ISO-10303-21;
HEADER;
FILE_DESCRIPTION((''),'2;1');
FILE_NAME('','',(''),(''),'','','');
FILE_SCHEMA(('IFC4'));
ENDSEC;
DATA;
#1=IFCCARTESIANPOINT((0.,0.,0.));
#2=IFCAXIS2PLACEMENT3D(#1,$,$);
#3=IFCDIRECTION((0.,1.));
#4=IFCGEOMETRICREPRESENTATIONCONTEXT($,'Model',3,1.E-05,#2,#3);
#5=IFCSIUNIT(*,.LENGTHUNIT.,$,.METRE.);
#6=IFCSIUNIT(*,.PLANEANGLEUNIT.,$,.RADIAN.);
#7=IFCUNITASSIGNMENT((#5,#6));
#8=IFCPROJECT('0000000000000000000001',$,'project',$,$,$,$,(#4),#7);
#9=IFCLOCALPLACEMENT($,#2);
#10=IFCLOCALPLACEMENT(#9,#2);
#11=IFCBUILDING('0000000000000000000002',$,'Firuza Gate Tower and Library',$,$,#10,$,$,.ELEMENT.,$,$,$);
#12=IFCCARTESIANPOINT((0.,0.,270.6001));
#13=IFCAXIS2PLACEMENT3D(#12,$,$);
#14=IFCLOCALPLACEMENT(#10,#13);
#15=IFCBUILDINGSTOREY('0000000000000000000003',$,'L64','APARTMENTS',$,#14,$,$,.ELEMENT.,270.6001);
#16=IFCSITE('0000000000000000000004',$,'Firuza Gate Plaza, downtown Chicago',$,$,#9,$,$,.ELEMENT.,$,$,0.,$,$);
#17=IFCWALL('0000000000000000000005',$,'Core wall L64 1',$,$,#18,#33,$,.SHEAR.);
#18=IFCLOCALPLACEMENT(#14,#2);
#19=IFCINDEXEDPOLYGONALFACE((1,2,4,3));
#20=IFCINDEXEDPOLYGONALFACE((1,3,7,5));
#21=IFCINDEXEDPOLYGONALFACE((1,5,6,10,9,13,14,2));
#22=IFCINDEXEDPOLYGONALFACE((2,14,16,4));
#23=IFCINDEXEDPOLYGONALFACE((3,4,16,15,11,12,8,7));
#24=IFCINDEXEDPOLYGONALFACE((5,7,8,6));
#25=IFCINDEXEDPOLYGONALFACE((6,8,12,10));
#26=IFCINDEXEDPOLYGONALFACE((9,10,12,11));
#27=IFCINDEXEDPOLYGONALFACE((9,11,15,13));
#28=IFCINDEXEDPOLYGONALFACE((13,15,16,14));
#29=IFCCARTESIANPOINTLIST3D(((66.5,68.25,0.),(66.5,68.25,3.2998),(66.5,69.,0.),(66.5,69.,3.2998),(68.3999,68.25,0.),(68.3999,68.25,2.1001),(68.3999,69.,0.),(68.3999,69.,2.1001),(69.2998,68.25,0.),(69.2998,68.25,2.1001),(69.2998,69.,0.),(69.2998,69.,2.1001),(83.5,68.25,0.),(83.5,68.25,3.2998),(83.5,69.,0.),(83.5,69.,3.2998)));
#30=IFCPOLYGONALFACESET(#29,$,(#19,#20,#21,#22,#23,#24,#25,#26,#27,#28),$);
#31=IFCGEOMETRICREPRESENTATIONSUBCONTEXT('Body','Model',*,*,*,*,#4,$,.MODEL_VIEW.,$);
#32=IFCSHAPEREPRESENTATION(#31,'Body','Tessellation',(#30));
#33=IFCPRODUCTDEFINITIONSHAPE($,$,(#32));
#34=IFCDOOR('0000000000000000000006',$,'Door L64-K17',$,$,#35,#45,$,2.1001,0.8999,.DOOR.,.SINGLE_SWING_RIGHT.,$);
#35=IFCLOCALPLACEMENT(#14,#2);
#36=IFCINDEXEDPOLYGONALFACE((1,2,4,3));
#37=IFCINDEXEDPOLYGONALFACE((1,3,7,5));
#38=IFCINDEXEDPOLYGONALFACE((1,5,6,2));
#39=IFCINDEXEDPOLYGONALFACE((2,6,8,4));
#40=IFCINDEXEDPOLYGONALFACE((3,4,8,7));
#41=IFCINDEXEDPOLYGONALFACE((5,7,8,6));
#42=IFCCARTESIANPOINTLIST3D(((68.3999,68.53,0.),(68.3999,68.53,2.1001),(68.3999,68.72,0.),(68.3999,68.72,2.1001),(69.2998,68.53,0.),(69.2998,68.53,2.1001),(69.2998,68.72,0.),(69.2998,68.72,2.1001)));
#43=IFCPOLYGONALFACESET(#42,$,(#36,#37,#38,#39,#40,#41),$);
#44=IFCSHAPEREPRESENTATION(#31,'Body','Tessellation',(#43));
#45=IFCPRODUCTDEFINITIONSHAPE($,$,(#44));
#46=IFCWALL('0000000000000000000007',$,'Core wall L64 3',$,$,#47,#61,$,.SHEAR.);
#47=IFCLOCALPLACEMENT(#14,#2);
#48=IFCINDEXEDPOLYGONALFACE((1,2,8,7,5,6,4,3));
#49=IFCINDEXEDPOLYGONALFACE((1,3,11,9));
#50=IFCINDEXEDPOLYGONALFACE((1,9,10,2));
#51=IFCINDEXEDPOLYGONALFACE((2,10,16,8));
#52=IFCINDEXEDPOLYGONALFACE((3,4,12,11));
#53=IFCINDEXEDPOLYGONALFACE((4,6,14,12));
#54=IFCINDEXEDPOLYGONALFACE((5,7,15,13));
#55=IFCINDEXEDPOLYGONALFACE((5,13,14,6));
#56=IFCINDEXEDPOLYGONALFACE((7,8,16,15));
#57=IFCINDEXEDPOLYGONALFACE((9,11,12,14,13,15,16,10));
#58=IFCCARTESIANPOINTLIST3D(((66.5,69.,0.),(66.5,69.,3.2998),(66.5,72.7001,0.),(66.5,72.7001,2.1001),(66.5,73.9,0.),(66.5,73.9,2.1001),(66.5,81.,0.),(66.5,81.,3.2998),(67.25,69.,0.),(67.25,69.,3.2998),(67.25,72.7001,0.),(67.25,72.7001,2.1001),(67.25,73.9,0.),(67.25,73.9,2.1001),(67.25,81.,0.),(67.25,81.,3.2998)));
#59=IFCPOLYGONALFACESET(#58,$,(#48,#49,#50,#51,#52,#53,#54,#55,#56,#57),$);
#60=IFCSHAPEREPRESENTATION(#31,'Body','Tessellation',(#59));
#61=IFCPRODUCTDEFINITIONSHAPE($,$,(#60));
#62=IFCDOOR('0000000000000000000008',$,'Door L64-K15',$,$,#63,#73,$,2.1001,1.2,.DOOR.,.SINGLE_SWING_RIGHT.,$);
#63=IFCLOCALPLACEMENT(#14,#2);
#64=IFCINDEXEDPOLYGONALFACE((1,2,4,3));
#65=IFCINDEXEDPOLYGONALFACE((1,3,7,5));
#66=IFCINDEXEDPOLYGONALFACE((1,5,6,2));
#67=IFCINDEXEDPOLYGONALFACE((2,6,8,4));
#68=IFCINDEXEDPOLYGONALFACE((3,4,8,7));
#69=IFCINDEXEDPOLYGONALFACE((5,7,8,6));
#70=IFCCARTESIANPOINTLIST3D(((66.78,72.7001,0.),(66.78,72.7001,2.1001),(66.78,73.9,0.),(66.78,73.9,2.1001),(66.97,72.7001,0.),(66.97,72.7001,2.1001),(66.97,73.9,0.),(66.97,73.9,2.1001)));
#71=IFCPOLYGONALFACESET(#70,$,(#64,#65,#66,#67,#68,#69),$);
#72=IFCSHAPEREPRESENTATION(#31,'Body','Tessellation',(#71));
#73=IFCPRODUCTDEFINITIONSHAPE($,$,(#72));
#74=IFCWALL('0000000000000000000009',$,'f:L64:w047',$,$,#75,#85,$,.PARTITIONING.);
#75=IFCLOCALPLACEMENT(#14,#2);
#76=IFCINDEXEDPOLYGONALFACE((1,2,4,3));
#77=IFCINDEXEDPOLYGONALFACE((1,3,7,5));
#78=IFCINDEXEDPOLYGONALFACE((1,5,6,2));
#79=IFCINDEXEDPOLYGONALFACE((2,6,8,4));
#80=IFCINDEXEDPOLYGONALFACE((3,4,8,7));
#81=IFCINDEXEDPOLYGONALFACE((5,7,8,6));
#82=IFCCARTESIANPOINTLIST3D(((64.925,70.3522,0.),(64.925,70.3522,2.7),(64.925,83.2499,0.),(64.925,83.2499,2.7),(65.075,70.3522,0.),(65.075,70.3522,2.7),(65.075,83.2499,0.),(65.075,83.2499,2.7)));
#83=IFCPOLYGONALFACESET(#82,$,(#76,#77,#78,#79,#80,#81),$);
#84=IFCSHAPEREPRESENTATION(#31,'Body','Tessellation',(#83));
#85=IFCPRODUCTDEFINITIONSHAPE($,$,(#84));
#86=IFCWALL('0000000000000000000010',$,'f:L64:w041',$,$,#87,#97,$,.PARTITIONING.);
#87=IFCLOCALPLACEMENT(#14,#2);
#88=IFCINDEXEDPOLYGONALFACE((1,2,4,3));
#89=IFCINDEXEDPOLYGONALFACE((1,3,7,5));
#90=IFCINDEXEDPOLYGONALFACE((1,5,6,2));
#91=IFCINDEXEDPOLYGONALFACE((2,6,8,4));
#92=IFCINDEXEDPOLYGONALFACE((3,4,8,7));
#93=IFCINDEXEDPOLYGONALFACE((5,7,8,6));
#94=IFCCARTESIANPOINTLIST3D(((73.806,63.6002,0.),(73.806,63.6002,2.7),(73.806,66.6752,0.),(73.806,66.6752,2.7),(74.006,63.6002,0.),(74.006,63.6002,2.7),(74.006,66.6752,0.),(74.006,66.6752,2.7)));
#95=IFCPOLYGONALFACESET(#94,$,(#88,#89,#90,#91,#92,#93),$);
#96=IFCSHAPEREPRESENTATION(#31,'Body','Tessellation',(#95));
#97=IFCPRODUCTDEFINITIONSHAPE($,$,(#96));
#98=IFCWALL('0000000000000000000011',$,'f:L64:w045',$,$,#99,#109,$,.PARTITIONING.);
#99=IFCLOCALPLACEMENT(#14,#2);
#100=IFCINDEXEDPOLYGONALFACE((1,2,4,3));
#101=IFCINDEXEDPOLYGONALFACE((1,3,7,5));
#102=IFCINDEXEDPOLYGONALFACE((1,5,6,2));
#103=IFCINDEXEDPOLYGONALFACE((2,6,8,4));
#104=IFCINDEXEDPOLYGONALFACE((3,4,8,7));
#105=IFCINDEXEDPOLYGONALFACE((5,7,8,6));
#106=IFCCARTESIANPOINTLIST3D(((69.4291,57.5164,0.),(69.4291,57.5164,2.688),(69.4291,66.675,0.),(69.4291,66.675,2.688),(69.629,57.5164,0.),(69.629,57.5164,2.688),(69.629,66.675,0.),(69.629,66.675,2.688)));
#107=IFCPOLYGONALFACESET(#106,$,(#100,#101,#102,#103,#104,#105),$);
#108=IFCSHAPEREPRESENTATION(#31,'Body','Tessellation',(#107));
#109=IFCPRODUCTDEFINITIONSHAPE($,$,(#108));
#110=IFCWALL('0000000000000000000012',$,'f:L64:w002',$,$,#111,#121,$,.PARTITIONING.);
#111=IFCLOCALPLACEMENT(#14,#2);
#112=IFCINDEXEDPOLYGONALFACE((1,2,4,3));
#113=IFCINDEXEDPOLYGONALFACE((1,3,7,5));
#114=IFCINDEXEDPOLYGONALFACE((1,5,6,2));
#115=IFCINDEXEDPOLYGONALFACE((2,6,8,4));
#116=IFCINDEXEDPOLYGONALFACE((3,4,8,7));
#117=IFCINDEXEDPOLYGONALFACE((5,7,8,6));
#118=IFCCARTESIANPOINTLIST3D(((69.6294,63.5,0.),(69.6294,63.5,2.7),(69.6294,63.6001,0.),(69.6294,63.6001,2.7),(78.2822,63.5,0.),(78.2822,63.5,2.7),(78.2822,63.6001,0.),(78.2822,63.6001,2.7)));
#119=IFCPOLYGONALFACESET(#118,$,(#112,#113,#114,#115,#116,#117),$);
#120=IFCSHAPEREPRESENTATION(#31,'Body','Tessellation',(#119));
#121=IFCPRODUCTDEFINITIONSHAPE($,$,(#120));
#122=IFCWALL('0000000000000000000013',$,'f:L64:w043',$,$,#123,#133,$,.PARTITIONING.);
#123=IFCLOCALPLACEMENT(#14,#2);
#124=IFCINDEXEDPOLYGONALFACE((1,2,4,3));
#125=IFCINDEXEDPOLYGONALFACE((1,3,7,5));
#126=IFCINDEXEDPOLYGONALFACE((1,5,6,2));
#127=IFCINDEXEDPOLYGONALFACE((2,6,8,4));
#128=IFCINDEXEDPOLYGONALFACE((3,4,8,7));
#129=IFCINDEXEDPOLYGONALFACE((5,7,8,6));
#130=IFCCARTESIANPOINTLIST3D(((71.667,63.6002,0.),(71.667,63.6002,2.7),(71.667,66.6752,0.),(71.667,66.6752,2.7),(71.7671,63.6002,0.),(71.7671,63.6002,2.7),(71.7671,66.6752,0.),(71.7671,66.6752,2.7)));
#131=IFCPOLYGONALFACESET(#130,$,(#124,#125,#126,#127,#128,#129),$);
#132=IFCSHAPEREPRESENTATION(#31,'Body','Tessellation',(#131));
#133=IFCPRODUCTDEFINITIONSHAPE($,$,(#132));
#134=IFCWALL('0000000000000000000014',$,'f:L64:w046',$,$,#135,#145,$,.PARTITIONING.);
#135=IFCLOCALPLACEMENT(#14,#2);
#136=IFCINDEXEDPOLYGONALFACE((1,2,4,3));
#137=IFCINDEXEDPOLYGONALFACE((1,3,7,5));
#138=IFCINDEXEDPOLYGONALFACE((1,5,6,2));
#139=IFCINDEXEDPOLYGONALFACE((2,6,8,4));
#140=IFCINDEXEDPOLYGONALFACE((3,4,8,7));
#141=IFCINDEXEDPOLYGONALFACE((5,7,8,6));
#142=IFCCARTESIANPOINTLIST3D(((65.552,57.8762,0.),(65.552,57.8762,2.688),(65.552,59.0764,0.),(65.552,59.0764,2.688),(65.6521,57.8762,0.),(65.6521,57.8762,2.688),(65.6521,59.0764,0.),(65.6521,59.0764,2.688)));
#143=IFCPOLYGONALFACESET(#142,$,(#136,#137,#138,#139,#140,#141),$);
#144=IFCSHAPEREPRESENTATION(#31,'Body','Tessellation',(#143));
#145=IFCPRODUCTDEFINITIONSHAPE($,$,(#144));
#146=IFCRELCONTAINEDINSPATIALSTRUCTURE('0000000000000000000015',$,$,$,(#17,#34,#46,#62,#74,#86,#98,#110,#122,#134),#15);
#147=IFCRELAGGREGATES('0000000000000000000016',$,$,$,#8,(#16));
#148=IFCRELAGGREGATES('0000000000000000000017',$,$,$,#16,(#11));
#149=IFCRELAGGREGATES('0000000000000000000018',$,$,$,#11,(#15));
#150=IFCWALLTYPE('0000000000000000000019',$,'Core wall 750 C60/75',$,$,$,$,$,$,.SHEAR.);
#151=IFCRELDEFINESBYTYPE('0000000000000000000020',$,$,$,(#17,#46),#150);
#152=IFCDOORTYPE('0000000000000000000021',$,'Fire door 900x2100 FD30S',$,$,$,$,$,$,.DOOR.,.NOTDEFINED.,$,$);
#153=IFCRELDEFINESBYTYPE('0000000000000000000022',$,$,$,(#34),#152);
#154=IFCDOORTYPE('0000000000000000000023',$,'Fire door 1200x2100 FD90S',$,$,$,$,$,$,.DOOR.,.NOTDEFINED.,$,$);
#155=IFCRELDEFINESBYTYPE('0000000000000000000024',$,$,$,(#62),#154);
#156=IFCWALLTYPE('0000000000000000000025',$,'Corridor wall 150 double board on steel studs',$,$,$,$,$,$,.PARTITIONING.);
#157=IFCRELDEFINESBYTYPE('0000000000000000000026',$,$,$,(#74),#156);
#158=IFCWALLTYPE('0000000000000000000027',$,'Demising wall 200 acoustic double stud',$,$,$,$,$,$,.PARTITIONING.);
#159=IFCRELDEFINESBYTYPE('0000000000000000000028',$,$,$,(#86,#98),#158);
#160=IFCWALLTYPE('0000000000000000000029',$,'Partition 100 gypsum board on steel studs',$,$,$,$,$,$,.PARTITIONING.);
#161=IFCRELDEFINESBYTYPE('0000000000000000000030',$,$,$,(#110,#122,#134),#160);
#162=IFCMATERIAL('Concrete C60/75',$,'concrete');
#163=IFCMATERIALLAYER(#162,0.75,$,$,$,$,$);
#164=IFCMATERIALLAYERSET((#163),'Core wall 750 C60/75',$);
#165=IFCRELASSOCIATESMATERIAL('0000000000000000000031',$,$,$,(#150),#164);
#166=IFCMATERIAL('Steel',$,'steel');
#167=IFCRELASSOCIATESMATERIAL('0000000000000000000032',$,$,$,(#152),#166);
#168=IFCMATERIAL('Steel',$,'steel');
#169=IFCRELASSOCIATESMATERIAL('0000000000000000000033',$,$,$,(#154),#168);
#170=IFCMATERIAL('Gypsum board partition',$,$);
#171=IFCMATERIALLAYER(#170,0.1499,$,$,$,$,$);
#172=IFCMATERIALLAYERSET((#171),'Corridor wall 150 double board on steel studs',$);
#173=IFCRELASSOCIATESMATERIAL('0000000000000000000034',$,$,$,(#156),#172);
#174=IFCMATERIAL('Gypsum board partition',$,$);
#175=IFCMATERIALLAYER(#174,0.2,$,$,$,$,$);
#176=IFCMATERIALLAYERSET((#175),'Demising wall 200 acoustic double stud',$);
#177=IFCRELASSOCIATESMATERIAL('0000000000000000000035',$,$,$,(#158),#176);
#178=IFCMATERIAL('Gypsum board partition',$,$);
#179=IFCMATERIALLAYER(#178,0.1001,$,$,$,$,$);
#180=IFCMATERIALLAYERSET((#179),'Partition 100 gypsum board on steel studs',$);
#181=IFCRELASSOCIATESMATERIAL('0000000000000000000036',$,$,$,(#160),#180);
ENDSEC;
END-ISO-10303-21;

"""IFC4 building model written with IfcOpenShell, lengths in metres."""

from ifc_helpers import new_model, si_unit, direction, frame, frame_2d, origin, place, context, subcontext, project, spatial, rectangle, extrude, material, layer, layer_set, type_object, element, fill, save


model = new_model("IFC4")

# Units and contexts
model_context = context("Model", 3, precision=1e-05, world=origin(), true_north=direction((0.0, 1.0)))
body_context = subcontext(model_context, "Body", "Model", "MODEL_VIEW")
ifc_project = project(units=[si_unit("LENGTHUNIT", "METRE"), si_unit("PLANEANGLEUNIT", "RADIAN")], contexts=[model_context])

# Site, building, storey
site_placement = place(None, origin())
site = spatial("IfcSite", under=ifc_project, at=site_placement, Name="Firuza Gate Plaza, downtown Chicago", CompositionType="ELEMENT", RefElevation=0.0)
building_placement = place(site_placement, origin())
building = spatial("IfcBuilding", under=site, at=building_placement, Name="Firuza Gate Tower and Library", CompositionType="ELEMENT")
storey_placement = place(building_placement, frame((0.0, 0.0, 270.6001)))
storey = spatial("IfcBuildingStorey", under=building, at=storey_placement, Name="L64", Description="APARTMENTS", CompositionType="ELEMENT", Elevation=270.6001)

# Walls, openings, doors
ifc_material_1 = material(Name="Concrete C60/75", Category="concrete")
ifc_layer_1 = layer(ifc_material_1, 0.75)
ifc_layer_set_1 = layer_set([ifc_layer_1], Name="Core wall 750 C60/75")
wall_type_1 = type_object("IfcWallType", Name="Core wall 750 C60/75", PredefinedType="SHEAR", material=ifc_layer_set_1)
wall_1_placement = place(storey_placement, frame((66.5, 68.625, 0.0), z_axis=(0.0, 0.0, 1.0), x_axis=(1.0, 0.0, 0.0)))
wall_1 = element("IfcWall", 1, at=wall_1_placement, inside=storey, type_object=wall_type_1, Name="Core wall L64 1", PredefinedType="SHEAR", context=body_context, shape_type="SweptSolid", body=[
    extrude(rectangle(XDim=17.0, YDim=0.75, at=frame_2d((8.5, 0.0))), origin(), (0.0, 0.0, 1.0), 3.2998),
])
opening_1_placement = place(wall_1_placement, frame((1.8999, 0.0, 0.0)))
opening_1 = element("IfcOpeningElement", 2, at=opening_1_placement, cuts=wall_1, PredefinedType="OPENING", context=body_context, shape_type="SweptSolid", body=[
    extrude(rectangle(XDim=0.8999, YDim=2.1001, at=frame_2d((0.45, 1.05))), frame((0.0, 0.385, 0.0), z_axis=(0.0, -1.0, 0.0), x_axis=(1.0, 0.0, 0.0)), (0.0, 0.0, 1.0), 0.77),
])
ifc_material_2 = material(Name="Steel", Category="steel")
door_type_1 = type_object("IfcDoorType", Name="Fire door 900x2100 FD30S", OperationType="NOTDEFINED", PredefinedType="DOOR", material=ifc_material_2)
door_1_placement = place(opening_1_placement, origin())
door_1 = element("IfcDoor", 3, at=door_1_placement, inside=storey, type_object=door_type_1, Name="Door L64-K17", OperationType="SINGLE_SWING_RIGHT", OverallHeight=2.1001, OverallWidth=0.8999, PredefinedType="DOOR", context=body_context, shape_type="SweptSolid", body=[
    extrude(rectangle(XDim=0.8999, YDim=2.1001, at=frame_2d((0.45, 1.05))), frame((0.0, 0.095, 0.0), z_axis=(0.0, -1.0, 0.0), x_axis=(1.0, 0.0, 0.0)), (0.0, 0.0, 1.0), 0.1899),
])
fill(opening_1, door_1)
wall_2_placement = place(storey_placement, frame((66.875, 69.0, 0.0), z_axis=(0.0, 0.0, 1.0), x_axis=(0.0, 1.0, 0.0)))
wall_2 = element("IfcWall", 4, at=wall_2_placement, inside=storey, type_object=wall_type_1, Name="Core wall L64 3", PredefinedType="SHEAR", context=body_context, shape_type="SweptSolid", body=[
    extrude(rectangle(XDim=12.0, YDim=0.75, at=frame_2d((6.0, 0.0))), origin(), (0.0, 0.0, 1.0), 3.2998),
])
opening_2_placement = place(wall_2_placement, frame((3.7, 0.0, 0.0)))
opening_2 = element("IfcOpeningElement", 5, at=opening_2_placement, cuts=wall_2, PredefinedType="OPENING", context=body_context, shape_type="SweptSolid", body=[
    extrude(rectangle(XDim=1.2, YDim=2.1001, at=frame_2d((0.6001, 1.05))), frame((0.0, 0.385, 0.0), z_axis=(0.0, -1.0, 0.0), x_axis=(1.0, 0.0, 0.0)), (0.0, 0.0, 1.0), 0.77),
])
ifc_material_3 = material(Name="Steel", Category="steel")
door_type_2 = type_object("IfcDoorType", Name="Fire door 1200x2100 FD90S", OperationType="NOTDEFINED", PredefinedType="DOOR", material=ifc_material_3)
door_2_placement = place(opening_2_placement, origin())
door_2 = element("IfcDoor", 6, at=door_2_placement, inside=storey, type_object=door_type_2, Name="Door L64-K15", OperationType="SINGLE_SWING_RIGHT", OverallHeight=2.1001, OverallWidth=1.2, PredefinedType="DOOR", context=body_context, shape_type="SweptSolid", body=[
    extrude(rectangle(XDim=1.2, YDim=2.1001, at=frame_2d((0.6001, 1.05))), frame((0.0, 0.095, 0.0), z_axis=(0.0, -1.0, 0.0), x_axis=(1.0, 0.0, 0.0)), (0.0, 0.0, 1.0), 0.1899),
])
fill(opening_2, door_2)

# Walls
ifc_material_4 = material(Name="Gypsum board partition")
ifc_layer_2 = layer(ifc_material_4, 0.1499)
ifc_layer_set_2 = layer_set([ifc_layer_2], Name="Corridor wall 150 double board on steel studs")
wall_type_2 = type_object("IfcWallType", Name="Corridor wall 150 double board on steel studs", PredefinedType="PARTITIONING", material=ifc_layer_set_2)
wall_3_placement = place(storey_placement, frame((65.0, 70.3523, 0.0), z_axis=(0.0, 0.0, 1.0), x_axis=(0.0, 1.0, 0.0)))
element("IfcWall", 7, at=wall_3_placement, inside=storey, type_object=wall_type_2, Name="f:L64:w047", PredefinedType="PARTITIONING", context=body_context, shape_type="SweptSolid", body=[
    extrude(rectangle(XDim=12.8977, YDim=0.1499, at=frame_2d((6.4487, 0.0))), origin(), (0.0, 0.0, 1.0), 2.7),
])
ifc_material_5 = material(Name="Gypsum board partition")
ifc_layer_3 = layer(ifc_material_5, 0.2)
ifc_layer_set_3 = layer_set([ifc_layer_3], Name="Demising wall 200 acoustic double stud")
wall_type_3 = type_object("IfcWallType", Name="Demising wall 200 acoustic double stud", PredefinedType="PARTITIONING", material=ifc_layer_set_3)
wall_4_placement = place(storey_placement, frame((73.906, 63.6001, 0.0), z_axis=(0.0, 0.0, 1.0), x_axis=(0.0, 1.0, 0.0)))
element("IfcWall", 8, at=wall_4_placement, inside=storey, type_object=wall_type_3, Name="f:L64:w041", PredefinedType="PARTITIONING", context=body_context, shape_type="SweptSolid", body=[
    extrude(rectangle(XDim=3.075, YDim=0.2, at=frame_2d((1.5376, 0.0))), origin(), (0.0, 0.0, 1.0), 2.7),
])
wall_5_placement = place(storey_placement, frame((69.5291, 57.5164, 0.0), z_axis=(0.0, 0.0, 1.0), x_axis=(0.0, 1.0, 0.0)))
element("IfcWall", 9, at=wall_5_placement, inside=storey, type_object=wall_type_3, Name="f:L64:w045", PredefinedType="PARTITIONING", context=body_context, shape_type="SweptSolid", body=[
    extrude(rectangle(XDim=9.1587, YDim=0.2, at=frame_2d((4.5793, 0.0))), origin(), (0.0, 0.0, 1.0), 2.688),
])
ifc_material_6 = material(Name="Gypsum board partition")
ifc_layer_4 = layer(ifc_material_6, 0.1001)
ifc_layer_set_4 = layer_set([ifc_layer_4], Name="Partition 100 gypsum board on steel studs")
wall_type_4 = type_object("IfcWallType", Name="Partition 100 gypsum board on steel studs", PredefinedType="PARTITIONING", material=ifc_layer_set_4)
wall_6_placement = place(storey_placement, frame((69.6294, 63.55, 0.0), z_axis=(0.0, 0.0, 1.0), x_axis=(1.0, 0.0, 0.0)))
element("IfcWall", 10, at=wall_6_placement, inside=storey, type_object=wall_type_4, Name="f:L64:w002", PredefinedType="PARTITIONING", context=body_context, shape_type="SweptSolid", body=[
    extrude(rectangle(XDim=8.6528, YDim=0.1001, at=frame_2d((4.3264, 0.0))), origin(), (0.0, 0.0, 1.0), 2.7),
])
wall_7_placement = place(storey_placement, frame((71.717, 63.6001, 0.0), z_axis=(0.0, 0.0, 1.0), x_axis=(0.0, 1.0, 0.0)))
element("IfcWall", 11, at=wall_7_placement, inside=storey, type_object=wall_type_4, Name="f:L64:w043", PredefinedType="PARTITIONING", context=body_context, shape_type="SweptSolid", body=[
    extrude(rectangle(XDim=3.075, YDim=0.1001, at=frame_2d((1.5376, 0.0))), origin(), (0.0, 0.0, 1.0), 2.7),
])
wall_8_placement = place(storey_placement, frame((65.6021, 57.8762, 0.0), z_axis=(0.0, 0.0, 1.0), x_axis=(0.0, 1.0, 0.0)))
element("IfcWall", 12, at=wall_8_placement, inside=storey, type_object=wall_type_4, Name="f:L64:w046", PredefinedType="PARTITIONING", context=body_context, shape_type="SweptSolid", body=[
    extrude(rectangle(XDim=1.2002, YDim=0.1001, at=frame_2d((0.6001, 0.0))), origin(), (0.0, 0.0, 1.0), 2.688),
])

save(model, "model.ifc")
